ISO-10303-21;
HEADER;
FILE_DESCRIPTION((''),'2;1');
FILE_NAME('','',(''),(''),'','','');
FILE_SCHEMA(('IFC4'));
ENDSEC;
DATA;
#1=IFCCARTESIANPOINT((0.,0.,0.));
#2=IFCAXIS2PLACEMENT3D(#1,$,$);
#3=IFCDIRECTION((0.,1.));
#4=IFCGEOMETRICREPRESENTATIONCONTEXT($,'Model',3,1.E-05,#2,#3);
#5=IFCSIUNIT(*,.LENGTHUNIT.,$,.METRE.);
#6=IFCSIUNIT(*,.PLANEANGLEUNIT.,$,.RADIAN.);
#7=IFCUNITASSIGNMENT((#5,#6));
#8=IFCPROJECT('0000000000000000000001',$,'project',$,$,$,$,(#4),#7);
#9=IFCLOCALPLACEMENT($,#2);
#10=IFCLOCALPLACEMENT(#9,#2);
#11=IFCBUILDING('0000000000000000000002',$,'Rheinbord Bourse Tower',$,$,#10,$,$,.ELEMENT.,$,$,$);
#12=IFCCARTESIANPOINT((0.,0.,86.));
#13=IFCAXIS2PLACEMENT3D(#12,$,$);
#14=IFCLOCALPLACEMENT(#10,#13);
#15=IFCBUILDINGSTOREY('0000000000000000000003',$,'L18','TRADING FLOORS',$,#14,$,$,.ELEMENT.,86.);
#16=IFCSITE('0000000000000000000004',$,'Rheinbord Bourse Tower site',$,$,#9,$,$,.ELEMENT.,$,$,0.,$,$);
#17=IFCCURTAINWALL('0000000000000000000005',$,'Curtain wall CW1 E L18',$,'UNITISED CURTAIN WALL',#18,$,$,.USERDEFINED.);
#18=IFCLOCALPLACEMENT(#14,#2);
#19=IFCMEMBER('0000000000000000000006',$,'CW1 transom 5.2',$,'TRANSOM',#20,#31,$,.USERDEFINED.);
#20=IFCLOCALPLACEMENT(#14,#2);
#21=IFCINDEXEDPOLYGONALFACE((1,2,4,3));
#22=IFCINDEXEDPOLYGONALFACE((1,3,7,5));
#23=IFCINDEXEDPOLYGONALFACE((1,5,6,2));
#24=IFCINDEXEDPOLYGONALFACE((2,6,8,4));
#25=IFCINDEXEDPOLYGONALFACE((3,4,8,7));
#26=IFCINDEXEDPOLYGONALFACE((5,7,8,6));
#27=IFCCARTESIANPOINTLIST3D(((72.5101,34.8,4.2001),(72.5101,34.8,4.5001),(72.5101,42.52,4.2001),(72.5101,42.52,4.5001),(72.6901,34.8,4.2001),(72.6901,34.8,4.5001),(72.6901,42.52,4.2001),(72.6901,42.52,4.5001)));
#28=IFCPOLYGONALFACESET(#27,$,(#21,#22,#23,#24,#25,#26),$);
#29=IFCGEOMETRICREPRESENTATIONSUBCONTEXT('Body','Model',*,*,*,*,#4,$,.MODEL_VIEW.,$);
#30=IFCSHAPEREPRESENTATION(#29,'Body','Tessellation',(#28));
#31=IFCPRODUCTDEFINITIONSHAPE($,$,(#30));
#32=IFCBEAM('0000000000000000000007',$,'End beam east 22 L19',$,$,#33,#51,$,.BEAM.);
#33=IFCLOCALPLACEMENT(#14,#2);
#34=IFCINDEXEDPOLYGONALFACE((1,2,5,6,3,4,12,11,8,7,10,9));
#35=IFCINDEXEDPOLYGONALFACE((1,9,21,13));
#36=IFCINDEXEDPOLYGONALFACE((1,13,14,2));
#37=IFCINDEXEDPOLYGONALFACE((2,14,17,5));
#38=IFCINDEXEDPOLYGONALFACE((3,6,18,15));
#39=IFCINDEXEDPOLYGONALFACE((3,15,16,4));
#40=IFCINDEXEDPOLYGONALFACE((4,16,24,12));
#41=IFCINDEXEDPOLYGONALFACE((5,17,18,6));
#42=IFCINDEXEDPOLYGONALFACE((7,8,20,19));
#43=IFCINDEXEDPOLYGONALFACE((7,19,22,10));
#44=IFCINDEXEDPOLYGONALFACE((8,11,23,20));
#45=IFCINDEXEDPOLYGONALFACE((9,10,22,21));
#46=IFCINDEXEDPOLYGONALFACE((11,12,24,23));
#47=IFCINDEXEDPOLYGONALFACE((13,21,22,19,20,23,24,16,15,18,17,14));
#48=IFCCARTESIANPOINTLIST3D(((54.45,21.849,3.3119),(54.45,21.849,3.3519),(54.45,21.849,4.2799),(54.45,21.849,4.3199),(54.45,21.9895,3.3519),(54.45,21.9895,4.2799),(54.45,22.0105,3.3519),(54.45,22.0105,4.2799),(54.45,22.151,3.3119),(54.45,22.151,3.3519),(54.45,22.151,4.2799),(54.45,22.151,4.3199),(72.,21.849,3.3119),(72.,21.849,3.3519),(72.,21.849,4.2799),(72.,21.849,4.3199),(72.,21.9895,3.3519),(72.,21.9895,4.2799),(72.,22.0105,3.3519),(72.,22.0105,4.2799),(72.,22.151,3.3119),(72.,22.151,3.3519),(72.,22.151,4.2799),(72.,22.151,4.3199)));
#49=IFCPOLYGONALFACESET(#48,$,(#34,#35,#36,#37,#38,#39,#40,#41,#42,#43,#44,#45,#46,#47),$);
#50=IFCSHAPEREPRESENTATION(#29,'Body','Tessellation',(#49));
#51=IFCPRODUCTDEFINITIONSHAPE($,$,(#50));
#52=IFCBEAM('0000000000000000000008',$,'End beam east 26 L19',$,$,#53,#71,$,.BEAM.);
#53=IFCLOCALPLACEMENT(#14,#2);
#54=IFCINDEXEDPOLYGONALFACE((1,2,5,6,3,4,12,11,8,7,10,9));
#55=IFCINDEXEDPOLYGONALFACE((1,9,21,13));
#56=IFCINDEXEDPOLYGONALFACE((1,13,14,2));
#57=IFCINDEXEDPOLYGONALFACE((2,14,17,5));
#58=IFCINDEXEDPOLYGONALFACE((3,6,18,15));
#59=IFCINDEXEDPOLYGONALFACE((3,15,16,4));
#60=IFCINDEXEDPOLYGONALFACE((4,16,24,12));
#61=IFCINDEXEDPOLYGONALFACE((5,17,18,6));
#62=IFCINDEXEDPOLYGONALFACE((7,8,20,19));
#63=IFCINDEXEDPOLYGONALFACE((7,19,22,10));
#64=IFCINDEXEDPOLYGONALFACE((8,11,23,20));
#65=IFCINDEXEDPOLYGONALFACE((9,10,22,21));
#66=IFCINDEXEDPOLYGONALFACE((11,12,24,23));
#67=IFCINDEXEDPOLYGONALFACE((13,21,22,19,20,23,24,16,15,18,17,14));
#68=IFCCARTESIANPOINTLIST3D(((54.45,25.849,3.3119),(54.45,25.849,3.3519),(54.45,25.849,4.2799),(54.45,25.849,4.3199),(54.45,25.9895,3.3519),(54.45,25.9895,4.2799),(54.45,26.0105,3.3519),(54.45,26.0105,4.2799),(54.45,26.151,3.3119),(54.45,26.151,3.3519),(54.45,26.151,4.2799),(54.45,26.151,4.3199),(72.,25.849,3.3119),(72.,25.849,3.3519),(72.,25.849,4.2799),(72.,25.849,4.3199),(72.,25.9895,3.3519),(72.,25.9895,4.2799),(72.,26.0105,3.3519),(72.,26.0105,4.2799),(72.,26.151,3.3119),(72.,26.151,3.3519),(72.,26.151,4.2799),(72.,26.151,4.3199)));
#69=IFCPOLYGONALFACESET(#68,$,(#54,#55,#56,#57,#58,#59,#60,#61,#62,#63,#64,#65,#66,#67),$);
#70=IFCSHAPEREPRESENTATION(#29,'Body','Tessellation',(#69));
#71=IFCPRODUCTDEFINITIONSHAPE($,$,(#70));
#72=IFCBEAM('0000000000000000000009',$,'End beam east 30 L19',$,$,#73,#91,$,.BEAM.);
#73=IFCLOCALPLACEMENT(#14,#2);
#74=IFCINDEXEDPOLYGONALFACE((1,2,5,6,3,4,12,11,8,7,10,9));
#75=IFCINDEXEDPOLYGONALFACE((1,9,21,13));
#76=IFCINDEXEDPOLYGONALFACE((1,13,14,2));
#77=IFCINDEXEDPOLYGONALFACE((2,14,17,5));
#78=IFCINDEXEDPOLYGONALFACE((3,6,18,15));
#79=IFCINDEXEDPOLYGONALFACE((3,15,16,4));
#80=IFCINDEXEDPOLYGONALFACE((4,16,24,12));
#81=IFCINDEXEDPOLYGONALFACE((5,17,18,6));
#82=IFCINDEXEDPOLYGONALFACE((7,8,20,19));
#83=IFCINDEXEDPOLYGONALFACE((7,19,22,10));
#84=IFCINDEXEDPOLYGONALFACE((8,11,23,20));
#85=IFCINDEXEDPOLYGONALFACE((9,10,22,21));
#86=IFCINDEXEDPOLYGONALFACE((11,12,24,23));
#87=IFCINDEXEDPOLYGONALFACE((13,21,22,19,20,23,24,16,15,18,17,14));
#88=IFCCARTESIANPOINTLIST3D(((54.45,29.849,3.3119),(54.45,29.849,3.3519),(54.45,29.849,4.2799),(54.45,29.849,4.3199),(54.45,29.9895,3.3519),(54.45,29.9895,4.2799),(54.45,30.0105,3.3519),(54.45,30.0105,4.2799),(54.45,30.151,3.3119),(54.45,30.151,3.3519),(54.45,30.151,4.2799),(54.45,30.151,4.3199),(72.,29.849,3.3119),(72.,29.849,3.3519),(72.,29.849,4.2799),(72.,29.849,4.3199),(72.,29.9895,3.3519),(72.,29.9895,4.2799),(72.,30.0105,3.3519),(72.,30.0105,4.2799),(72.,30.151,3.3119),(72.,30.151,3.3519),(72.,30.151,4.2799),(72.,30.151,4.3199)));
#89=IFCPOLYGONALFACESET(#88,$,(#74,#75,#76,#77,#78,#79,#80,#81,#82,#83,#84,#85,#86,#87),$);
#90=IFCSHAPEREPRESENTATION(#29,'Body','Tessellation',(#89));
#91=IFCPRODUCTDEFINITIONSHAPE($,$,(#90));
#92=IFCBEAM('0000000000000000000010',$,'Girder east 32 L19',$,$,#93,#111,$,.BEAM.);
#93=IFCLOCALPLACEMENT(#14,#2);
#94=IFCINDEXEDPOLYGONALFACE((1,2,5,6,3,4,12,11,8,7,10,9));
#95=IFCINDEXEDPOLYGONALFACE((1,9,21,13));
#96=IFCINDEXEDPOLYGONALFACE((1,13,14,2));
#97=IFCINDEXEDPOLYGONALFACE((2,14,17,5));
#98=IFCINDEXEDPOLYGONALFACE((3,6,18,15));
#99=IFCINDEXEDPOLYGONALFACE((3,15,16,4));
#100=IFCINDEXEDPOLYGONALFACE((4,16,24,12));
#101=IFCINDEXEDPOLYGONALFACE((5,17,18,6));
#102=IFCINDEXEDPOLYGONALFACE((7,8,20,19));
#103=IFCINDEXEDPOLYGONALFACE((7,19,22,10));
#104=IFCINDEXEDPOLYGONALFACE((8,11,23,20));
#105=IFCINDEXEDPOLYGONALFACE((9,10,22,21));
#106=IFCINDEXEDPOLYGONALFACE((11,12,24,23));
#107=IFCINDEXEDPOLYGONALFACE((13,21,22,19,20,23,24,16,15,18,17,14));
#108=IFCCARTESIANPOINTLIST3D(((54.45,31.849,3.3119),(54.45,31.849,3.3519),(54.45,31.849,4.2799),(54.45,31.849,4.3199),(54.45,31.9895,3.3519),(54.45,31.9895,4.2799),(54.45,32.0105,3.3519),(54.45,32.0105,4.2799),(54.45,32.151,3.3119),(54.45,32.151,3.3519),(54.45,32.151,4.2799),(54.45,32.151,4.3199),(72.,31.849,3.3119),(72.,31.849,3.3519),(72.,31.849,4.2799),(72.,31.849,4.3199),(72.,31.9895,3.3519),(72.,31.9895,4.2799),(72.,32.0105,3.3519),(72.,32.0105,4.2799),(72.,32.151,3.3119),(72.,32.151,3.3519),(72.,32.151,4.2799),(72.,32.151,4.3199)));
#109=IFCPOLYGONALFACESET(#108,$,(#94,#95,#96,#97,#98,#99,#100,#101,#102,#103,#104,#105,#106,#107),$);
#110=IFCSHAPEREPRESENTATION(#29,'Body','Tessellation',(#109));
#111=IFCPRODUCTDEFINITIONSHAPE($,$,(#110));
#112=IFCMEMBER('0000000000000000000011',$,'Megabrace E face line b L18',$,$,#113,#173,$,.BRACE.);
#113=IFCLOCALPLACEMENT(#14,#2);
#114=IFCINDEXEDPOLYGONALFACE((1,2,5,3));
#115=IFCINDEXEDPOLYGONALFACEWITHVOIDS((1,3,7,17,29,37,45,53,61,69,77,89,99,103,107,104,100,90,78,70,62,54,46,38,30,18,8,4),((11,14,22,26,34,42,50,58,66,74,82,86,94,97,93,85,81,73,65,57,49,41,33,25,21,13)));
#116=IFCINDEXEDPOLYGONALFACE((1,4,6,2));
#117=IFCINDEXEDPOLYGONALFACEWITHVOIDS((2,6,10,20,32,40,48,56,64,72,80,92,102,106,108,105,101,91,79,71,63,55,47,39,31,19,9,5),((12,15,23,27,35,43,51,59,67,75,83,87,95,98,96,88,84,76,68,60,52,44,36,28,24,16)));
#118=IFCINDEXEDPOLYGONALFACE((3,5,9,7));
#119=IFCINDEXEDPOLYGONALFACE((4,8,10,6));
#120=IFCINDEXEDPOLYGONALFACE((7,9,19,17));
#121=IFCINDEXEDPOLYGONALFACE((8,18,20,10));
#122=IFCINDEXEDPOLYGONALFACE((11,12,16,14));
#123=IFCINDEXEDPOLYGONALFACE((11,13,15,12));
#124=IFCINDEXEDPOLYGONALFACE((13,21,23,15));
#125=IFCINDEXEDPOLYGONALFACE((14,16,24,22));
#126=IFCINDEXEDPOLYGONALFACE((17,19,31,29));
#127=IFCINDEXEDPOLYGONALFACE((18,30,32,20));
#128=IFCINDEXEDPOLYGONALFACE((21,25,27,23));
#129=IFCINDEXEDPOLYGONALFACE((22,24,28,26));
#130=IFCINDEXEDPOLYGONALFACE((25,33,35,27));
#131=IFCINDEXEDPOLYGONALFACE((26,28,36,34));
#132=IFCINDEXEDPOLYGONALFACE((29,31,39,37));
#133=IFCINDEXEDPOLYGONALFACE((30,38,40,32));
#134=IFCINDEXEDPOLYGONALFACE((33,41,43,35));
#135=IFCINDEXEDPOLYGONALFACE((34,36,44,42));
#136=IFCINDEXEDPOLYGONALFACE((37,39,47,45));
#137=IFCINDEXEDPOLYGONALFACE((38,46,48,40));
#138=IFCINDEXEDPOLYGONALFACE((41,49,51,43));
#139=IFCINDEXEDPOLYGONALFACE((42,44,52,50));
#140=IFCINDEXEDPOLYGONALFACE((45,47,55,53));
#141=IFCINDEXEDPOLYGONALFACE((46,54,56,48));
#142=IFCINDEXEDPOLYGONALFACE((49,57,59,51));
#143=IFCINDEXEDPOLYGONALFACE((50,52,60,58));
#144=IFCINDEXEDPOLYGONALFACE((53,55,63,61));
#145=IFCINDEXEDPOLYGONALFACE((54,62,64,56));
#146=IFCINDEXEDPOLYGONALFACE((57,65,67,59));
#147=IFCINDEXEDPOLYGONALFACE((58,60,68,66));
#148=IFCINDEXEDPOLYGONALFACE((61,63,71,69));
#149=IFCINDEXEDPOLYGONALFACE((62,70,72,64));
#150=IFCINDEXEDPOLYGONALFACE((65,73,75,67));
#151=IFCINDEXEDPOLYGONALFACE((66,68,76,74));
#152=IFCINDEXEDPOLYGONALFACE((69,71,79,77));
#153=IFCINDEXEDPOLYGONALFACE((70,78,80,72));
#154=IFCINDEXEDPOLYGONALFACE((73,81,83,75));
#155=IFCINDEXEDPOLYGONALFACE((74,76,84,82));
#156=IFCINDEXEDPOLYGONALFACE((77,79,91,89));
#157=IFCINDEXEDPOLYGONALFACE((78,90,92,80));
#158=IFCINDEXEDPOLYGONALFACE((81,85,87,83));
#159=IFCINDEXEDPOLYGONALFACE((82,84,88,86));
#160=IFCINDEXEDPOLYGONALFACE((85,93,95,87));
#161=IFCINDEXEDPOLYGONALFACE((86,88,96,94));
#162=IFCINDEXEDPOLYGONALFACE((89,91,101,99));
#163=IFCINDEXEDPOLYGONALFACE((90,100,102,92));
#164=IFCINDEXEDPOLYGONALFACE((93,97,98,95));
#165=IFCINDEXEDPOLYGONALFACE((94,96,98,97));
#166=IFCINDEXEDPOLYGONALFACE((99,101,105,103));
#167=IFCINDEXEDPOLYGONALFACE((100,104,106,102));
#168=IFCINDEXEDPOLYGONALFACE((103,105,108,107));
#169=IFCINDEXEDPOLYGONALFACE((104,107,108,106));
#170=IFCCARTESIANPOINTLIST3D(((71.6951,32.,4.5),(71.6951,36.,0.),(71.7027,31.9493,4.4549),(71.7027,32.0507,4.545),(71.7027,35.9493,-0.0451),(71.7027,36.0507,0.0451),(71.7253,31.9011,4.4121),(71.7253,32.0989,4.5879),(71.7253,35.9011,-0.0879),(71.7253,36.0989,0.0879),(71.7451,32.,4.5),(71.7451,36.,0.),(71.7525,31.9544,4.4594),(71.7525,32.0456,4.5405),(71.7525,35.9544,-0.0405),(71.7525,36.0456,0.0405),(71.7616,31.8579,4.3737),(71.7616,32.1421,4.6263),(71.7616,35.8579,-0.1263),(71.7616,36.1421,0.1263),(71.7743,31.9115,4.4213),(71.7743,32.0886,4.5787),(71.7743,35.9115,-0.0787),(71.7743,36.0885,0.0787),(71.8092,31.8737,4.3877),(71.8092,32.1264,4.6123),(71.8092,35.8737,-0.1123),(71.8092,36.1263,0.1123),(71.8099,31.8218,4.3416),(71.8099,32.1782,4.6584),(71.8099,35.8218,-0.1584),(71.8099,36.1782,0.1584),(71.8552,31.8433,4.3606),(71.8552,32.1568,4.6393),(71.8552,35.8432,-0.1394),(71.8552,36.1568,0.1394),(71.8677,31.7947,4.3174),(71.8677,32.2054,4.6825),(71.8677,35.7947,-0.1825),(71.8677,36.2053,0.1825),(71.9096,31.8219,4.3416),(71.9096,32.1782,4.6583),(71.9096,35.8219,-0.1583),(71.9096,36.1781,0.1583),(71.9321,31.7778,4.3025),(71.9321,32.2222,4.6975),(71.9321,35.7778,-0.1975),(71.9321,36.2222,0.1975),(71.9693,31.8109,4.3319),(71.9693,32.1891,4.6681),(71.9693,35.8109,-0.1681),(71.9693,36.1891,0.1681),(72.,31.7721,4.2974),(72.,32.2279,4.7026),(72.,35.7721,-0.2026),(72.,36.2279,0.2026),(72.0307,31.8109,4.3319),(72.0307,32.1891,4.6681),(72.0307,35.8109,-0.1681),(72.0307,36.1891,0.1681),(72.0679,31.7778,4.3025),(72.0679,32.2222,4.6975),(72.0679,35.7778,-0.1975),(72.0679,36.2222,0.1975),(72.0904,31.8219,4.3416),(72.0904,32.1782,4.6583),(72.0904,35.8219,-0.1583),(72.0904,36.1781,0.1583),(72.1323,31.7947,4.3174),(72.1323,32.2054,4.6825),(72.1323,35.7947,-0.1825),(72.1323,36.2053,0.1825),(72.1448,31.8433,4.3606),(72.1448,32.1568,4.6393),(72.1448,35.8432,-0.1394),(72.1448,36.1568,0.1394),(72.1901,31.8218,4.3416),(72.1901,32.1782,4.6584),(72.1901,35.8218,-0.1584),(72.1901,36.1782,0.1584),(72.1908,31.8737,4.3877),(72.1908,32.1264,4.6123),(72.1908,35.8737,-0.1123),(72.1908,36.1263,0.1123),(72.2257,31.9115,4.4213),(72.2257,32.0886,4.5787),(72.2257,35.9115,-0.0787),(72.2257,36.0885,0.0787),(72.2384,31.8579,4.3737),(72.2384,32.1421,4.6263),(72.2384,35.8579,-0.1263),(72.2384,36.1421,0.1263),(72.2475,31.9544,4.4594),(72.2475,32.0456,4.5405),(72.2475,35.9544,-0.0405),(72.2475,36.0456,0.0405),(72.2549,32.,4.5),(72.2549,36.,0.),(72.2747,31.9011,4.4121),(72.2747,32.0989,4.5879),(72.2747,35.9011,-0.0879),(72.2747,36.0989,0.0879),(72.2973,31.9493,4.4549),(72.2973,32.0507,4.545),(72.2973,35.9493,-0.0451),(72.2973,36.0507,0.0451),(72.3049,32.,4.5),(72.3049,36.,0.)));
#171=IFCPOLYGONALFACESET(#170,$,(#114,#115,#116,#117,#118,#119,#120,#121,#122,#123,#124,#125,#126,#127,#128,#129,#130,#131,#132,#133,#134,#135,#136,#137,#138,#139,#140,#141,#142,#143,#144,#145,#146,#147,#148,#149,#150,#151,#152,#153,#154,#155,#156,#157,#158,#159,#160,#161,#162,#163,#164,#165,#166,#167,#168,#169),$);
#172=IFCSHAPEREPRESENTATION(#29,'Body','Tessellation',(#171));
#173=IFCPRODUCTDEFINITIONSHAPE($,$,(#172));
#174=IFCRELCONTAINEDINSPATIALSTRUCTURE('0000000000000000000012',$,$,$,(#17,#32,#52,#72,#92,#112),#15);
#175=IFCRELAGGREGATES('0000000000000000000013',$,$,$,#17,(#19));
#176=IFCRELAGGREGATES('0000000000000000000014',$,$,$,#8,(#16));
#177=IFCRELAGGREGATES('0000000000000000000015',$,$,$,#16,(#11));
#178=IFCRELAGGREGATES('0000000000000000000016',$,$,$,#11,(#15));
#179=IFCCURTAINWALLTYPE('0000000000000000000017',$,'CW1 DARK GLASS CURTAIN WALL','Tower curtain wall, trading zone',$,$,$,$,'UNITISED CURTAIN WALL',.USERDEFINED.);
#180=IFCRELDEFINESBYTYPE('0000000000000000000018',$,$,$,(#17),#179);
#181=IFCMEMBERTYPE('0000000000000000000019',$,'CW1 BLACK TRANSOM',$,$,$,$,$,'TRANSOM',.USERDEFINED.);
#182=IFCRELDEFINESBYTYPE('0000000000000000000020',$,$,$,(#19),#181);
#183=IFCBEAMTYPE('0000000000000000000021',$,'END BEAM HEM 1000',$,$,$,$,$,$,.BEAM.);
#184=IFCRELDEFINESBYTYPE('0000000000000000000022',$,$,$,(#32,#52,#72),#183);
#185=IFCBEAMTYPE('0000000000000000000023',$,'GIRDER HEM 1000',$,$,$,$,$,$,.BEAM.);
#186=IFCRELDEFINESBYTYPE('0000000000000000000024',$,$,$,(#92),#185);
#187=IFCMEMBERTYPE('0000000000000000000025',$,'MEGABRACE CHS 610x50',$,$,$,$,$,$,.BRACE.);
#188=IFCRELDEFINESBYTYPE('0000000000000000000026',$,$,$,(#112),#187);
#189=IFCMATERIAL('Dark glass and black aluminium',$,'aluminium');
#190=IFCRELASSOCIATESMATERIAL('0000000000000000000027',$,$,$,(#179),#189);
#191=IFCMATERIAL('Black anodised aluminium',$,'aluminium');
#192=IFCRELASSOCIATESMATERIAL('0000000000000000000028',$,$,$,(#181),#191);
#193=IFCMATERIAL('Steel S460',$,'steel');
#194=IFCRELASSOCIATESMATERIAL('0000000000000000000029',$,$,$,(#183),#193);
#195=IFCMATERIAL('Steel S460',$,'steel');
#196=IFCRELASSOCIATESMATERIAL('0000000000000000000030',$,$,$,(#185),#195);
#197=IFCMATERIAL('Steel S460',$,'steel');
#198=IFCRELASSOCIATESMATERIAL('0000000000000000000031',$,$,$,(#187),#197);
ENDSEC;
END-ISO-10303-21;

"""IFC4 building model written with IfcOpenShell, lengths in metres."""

from ifc_helpers import new_model, si_unit, direction, frame, origin, origin_2d, place, context, subcontext, project, spatial, rectangle, hollow_circle, i_section, extrude, material, material_profile, profile_set, type_object, element, aggregate, save


model = new_model("IFC4")

# Units and contexts
model_context = context("Model", 3, precision=1e-05, world=origin(), true_north=direction((0.0, 1.0)))
body_context = subcontext(model_context, "Body", "Model", "MODEL_VIEW")
ifc_project = project(units=[si_unit("LENGTHUNIT", "METRE"), si_unit("PLANEANGLEUNIT", "RADIAN")], contexts=[model_context])

# Site, building, storey
site_placement = place(None, origin())
site = spatial("IfcSite", under=ifc_project, at=site_placement, Name="Rheinbord Bourse Tower site", CompositionType="ELEMENT", RefElevation=0.0)
building_placement = place(site_placement, origin())
building = spatial("IfcBuilding", under=site, at=building_placement, Name="Rheinbord Bourse Tower", CompositionType="ELEMENT")
storey_placement = place(building_placement, frame((0.0, 0.0, 86.0)))
storey = spatial("IfcBuildingStorey", under=building, at=storey_placement, Name="L18", Description="TRADING FLOORS", CompositionType="ELEMENT", Elevation=86.0)

# Curtain wall, member
ifc_material_1 = material(Name="Dark glass and black aluminium", Category="aluminium")
curtain_wall_type = type_object("IfcCurtainWallType", Name="CW1 DARK GLASS CURTAIN WALL", Description="Tower curtain wall, trading zone", ElementType="UNITISED CURTAIN WALL", PredefinedType="USERDEFINED", material=ifc_material_1)
curtain_wall_placement = place(storey_placement, origin())
curtain_wall = element("IfcCurtainWall", 1, at=curtain_wall_placement, inside=storey, type_object=curtain_wall_type, Name="Curtain wall CW1 E L18", ObjectType="UNITISED CURTAIN WALL", PredefinedType="USERDEFINED")
ifc_material_2 = material(Name="Black anodised aluminium", Category="aluminium")
ifc_material_profile_1 = material_profile(ifc_material_2, rectangle(XDim=0.1799, YDim=0.3, at=origin_2d()), Name="CW1 TRANSOM 300x180")
ifc_profile_set_1 = profile_set([ifc_material_profile_1], Name="Black anodised aluminium")
member_type_1 = type_object("IfcMemberType", Name="CW1 BLACK TRANSOM", ElementType="TRANSOM", PredefinedType="USERDEFINED", material=ifc_profile_set_1)
member_1_placement = place(storey_placement, frame((72.6001, 34.8, 4.3501), z_axis=(0.0, 1.0, 0.0), x_axis=(-1.0, 0.0, 0.0)))
member_1 = element("IfcMember", 2, at=member_1_placement, type_object=member_type_1, Name="CW1 transom 5.2", ObjectType="TRANSOM", PredefinedType="USERDEFINED", context=body_context, shape_type="SweptSolid", body=[
    extrude(rectangle(XDim=0.1799, YDim=0.3, at=origin_2d()), origin(), (0.0, 0.0, 1.0), 7.72),
])

# Beams
ifc_material_3 = material(Name="Steel S460", Category="steel")
ifc_material_profile_2 = material_profile(ifc_material_3, i_section(OverallWidth=0.302, OverallDepth=1.0081, WebThickness=0.021, FlangeThickness=0.04, at=origin_2d()), Name="HEM 1000")
ifc_profile_set_2 = profile_set([ifc_material_profile_2], Name="Steel S460")
beam_type_1 = type_object("IfcBeamType", Name="END BEAM HEM 1000", PredefinedType="BEAM", material=ifc_profile_set_2)
for number, where, z_axis, x_axis, name in (
    (3, (54.45, 22.0, 3.8159), (1.0, 0.0, 0.0), (0.0, 1.0, 0.0), "End beam east 22 L19"),
    (4, (54.45, 26.0, 3.8159), (1.0, 0.0, 0.0), (0.0, 1.0, 0.0), "End beam east 26 L19"),
    (5, (54.45, 30.0, 3.8159), (1.0, 0.0, 0.0), (0.0, 1.0, 0.0), "End beam east 30 L19"),
):
    element("IfcBeam", number, at=place(storey_placement, frame(where, z_axis=z_axis, x_axis=x_axis)), inside=storey, type_object=beam_type_1, Name=name, PredefinedType="BEAM", context=body_context, shape_type="SweptSolid", body=[
        extrude(i_section(OverallWidth=0.302, OverallDepth=1.0081, WebThickness=0.021, FlangeThickness=0.04, at=origin_2d()), origin(), (0.0, 0.0, 1.0), 17.55),
    ])
ifc_material_4 = material(Name="Steel S460", Category="steel")
ifc_material_profile_3 = material_profile(ifc_material_4, i_section(OverallWidth=0.302, OverallDepth=1.0081, WebThickness=0.021, FlangeThickness=0.04, at=origin_2d()), Name="HEM 1000")
ifc_profile_set_3 = profile_set([ifc_material_profile_3], Name="Steel S460")
beam_type_2 = type_object("IfcBeamType", Name="GIRDER HEM 1000", PredefinedType="BEAM", material=ifc_profile_set_3)
beam_1_placement = place(storey_placement, frame((54.45, 32.0, 3.8159), z_axis=(1.0, 0.0, 0.0), x_axis=(0.0, 1.0, 0.0)))
element("IfcBeam", 6, at=beam_1_placement, inside=storey, type_object=beam_type_2, Name="Girder east 32 L19", PredefinedType="BEAM", context=body_context, shape_type="SweptSolid", body=[
    extrude(i_section(OverallWidth=0.302, OverallDepth=1.0081, WebThickness=0.021, FlangeThickness=0.04, at=origin_2d()), origin(), (0.0, 0.0, 1.0), 17.55),
])

# Member
ifc_material_5 = material(Name="Steel S460", Category="steel")
ifc_material_profile_4 = material_profile(ifc_material_5, hollow_circle(Radius=0.3049, WallThickness=0.05, at=origin_2d()), Name="CHS 610x50")
ifc_profile_set_4 = profile_set([ifc_material_profile_4], Name="Steel S460")
member_type_2 = type_object("IfcMemberType", Name="MEGABRACE CHS 610x50", PredefinedType="BRACE", material=ifc_profile_set_4)
for number, where, z_axis, x_axis, name in (
    (7, (72.0, 36.0, 0.0), (0.0, -0.664364, 0.747409), (1.0, 0.0, 0.0), "Megabrace E face line b L18"),
):
    element("IfcMember", number, at=place(storey_placement, frame(where, z_axis=z_axis, x_axis=x_axis)), inside=storey, type_object=member_type_2, Name=name, PredefinedType="BRACE", context=body_context, shape_type="SweptSolid", body=[
        extrude(hollow_circle(Radius=0.3049, WallThickness=0.05, at=origin_2d()), origin(), (0.0, 0.0, 1.0), 6.0208),
    ])

aggregate(curtain_wall, [member_1])

save(model, "model.ifc")
